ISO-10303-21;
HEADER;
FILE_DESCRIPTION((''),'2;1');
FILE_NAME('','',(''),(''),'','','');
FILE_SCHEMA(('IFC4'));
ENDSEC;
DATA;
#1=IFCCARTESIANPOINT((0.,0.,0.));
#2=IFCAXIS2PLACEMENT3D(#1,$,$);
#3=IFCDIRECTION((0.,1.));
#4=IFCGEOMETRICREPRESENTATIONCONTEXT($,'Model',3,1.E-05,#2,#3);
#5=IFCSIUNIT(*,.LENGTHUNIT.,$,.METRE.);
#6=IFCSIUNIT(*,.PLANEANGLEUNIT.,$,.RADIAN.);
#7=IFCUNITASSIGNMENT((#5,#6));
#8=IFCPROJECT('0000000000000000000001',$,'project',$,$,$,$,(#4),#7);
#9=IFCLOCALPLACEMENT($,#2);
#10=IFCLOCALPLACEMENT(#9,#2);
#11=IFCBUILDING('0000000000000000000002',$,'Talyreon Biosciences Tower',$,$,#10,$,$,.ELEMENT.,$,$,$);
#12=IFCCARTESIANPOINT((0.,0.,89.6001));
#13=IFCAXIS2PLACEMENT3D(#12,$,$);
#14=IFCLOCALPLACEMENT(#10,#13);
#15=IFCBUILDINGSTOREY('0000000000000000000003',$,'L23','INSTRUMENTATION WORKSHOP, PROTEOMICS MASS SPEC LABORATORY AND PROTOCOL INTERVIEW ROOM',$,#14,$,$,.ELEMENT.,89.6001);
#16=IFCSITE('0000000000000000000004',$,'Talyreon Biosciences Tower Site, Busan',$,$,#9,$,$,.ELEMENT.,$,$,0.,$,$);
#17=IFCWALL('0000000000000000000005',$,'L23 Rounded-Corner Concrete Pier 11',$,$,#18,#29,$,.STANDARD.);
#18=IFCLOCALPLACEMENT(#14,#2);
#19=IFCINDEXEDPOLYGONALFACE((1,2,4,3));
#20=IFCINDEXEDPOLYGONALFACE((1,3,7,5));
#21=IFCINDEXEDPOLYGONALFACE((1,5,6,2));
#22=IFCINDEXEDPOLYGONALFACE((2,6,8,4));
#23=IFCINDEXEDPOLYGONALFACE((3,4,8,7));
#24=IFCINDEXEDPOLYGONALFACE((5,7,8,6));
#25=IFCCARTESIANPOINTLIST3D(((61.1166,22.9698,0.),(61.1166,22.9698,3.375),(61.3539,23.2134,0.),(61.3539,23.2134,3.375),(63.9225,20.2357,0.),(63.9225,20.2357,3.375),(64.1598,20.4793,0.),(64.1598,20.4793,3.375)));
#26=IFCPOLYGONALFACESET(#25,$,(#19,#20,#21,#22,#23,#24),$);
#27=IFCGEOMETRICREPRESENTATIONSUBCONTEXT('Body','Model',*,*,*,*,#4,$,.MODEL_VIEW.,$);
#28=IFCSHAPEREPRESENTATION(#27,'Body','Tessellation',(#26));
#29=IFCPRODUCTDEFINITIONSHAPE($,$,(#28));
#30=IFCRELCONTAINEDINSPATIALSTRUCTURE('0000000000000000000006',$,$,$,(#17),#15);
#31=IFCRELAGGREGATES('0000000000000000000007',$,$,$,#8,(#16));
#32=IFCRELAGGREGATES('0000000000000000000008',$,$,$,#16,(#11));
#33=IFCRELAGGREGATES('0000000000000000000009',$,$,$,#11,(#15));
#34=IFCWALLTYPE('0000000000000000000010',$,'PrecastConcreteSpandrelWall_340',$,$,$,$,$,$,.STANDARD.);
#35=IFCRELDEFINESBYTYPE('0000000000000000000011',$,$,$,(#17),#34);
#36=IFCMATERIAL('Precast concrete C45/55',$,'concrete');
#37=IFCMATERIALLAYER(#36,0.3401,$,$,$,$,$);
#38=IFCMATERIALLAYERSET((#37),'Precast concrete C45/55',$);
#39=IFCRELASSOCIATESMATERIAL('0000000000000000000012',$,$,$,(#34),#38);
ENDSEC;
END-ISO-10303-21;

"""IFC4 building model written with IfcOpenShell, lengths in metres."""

from ifc_helpers import new_model, si_unit, direction, frame, frame_2d, origin, place, context, subcontext, project, spatial, rectangle, extrude, material, layer, layer_set, type_object, element, save


model = new_model("IFC4")

# Units and contexts
model_context = context("Model", 3, precision=1e-05, world=origin(), true_north=direction((0.0, 1.0)))
body_context = subcontext(model_context, "Body", "Model", "MODEL_VIEW")
ifc_project = project(units=[si_unit("LENGTHUNIT", "METRE"), si_unit("PLANEANGLEUNIT", "RADIAN")], contexts=[model_context])

# Site, building, storey
site_placement = place(None, origin())
site = spatial("IfcSite", under=ifc_project, at=site_placement, Name="Talyreon Biosciences Tower Site, Busan", CompositionType="ELEMENT", RefElevation=0.0)
building_placement = place(site_placement, origin())
building = spatial("IfcBuilding", under=site, at=building_placement, Name="Talyreon Biosciences Tower", CompositionType="ELEMENT")
storey_placement = place(building_placement, frame((0.0, 0.0, 89.6001)))
storey = spatial("IfcBuildingStorey", under=building, at=storey_placement, Name="L23", Description="INSTRUMENTATION WORKSHOP, PROTEOMICS MASS SPEC LABORATORY AND PROTOCOL INTERVIEW ROOM", CompositionType="ELEMENT", Elevation=89.6001)

# Wall
ifc_material_1 = material(Name="Precast concrete C45/55", Category="concrete")
ifc_layer_1 = layer(ifc_material_1, 0.3401)
ifc_layer_set_1 = layer_set([ifc_layer_1], Name="Precast concrete C45/55")
wall_type_1 = type_object("IfcWallType", Name="PrecastConcreteSpandrelWall_340", PredefinedType="STANDARD", material=ifc_layer_set_1)
wall_1_placement = place(storey_placement, frame((64.0413, 20.3574, 0.0), z_axis=(0.0, 0.0, 1.0), x_axis=(-0.716208, 0.697887, 0.0)))
element("IfcWall", 1, at=wall_1_placement, inside=storey, type_object=wall_type_1, Name="L23 Rounded-Corner Concrete Pier 11", PredefinedType="STANDARD", context=body_context, shape_type="SweptSolid", body=[
    extrude(rectangle(XDim=3.9177, YDim=0.3401, at=frame_2d((1.959, 0.0))), origin(), (0.0, 0.0, 1.0), 3.375),
])

save(model, "model.ifc")
